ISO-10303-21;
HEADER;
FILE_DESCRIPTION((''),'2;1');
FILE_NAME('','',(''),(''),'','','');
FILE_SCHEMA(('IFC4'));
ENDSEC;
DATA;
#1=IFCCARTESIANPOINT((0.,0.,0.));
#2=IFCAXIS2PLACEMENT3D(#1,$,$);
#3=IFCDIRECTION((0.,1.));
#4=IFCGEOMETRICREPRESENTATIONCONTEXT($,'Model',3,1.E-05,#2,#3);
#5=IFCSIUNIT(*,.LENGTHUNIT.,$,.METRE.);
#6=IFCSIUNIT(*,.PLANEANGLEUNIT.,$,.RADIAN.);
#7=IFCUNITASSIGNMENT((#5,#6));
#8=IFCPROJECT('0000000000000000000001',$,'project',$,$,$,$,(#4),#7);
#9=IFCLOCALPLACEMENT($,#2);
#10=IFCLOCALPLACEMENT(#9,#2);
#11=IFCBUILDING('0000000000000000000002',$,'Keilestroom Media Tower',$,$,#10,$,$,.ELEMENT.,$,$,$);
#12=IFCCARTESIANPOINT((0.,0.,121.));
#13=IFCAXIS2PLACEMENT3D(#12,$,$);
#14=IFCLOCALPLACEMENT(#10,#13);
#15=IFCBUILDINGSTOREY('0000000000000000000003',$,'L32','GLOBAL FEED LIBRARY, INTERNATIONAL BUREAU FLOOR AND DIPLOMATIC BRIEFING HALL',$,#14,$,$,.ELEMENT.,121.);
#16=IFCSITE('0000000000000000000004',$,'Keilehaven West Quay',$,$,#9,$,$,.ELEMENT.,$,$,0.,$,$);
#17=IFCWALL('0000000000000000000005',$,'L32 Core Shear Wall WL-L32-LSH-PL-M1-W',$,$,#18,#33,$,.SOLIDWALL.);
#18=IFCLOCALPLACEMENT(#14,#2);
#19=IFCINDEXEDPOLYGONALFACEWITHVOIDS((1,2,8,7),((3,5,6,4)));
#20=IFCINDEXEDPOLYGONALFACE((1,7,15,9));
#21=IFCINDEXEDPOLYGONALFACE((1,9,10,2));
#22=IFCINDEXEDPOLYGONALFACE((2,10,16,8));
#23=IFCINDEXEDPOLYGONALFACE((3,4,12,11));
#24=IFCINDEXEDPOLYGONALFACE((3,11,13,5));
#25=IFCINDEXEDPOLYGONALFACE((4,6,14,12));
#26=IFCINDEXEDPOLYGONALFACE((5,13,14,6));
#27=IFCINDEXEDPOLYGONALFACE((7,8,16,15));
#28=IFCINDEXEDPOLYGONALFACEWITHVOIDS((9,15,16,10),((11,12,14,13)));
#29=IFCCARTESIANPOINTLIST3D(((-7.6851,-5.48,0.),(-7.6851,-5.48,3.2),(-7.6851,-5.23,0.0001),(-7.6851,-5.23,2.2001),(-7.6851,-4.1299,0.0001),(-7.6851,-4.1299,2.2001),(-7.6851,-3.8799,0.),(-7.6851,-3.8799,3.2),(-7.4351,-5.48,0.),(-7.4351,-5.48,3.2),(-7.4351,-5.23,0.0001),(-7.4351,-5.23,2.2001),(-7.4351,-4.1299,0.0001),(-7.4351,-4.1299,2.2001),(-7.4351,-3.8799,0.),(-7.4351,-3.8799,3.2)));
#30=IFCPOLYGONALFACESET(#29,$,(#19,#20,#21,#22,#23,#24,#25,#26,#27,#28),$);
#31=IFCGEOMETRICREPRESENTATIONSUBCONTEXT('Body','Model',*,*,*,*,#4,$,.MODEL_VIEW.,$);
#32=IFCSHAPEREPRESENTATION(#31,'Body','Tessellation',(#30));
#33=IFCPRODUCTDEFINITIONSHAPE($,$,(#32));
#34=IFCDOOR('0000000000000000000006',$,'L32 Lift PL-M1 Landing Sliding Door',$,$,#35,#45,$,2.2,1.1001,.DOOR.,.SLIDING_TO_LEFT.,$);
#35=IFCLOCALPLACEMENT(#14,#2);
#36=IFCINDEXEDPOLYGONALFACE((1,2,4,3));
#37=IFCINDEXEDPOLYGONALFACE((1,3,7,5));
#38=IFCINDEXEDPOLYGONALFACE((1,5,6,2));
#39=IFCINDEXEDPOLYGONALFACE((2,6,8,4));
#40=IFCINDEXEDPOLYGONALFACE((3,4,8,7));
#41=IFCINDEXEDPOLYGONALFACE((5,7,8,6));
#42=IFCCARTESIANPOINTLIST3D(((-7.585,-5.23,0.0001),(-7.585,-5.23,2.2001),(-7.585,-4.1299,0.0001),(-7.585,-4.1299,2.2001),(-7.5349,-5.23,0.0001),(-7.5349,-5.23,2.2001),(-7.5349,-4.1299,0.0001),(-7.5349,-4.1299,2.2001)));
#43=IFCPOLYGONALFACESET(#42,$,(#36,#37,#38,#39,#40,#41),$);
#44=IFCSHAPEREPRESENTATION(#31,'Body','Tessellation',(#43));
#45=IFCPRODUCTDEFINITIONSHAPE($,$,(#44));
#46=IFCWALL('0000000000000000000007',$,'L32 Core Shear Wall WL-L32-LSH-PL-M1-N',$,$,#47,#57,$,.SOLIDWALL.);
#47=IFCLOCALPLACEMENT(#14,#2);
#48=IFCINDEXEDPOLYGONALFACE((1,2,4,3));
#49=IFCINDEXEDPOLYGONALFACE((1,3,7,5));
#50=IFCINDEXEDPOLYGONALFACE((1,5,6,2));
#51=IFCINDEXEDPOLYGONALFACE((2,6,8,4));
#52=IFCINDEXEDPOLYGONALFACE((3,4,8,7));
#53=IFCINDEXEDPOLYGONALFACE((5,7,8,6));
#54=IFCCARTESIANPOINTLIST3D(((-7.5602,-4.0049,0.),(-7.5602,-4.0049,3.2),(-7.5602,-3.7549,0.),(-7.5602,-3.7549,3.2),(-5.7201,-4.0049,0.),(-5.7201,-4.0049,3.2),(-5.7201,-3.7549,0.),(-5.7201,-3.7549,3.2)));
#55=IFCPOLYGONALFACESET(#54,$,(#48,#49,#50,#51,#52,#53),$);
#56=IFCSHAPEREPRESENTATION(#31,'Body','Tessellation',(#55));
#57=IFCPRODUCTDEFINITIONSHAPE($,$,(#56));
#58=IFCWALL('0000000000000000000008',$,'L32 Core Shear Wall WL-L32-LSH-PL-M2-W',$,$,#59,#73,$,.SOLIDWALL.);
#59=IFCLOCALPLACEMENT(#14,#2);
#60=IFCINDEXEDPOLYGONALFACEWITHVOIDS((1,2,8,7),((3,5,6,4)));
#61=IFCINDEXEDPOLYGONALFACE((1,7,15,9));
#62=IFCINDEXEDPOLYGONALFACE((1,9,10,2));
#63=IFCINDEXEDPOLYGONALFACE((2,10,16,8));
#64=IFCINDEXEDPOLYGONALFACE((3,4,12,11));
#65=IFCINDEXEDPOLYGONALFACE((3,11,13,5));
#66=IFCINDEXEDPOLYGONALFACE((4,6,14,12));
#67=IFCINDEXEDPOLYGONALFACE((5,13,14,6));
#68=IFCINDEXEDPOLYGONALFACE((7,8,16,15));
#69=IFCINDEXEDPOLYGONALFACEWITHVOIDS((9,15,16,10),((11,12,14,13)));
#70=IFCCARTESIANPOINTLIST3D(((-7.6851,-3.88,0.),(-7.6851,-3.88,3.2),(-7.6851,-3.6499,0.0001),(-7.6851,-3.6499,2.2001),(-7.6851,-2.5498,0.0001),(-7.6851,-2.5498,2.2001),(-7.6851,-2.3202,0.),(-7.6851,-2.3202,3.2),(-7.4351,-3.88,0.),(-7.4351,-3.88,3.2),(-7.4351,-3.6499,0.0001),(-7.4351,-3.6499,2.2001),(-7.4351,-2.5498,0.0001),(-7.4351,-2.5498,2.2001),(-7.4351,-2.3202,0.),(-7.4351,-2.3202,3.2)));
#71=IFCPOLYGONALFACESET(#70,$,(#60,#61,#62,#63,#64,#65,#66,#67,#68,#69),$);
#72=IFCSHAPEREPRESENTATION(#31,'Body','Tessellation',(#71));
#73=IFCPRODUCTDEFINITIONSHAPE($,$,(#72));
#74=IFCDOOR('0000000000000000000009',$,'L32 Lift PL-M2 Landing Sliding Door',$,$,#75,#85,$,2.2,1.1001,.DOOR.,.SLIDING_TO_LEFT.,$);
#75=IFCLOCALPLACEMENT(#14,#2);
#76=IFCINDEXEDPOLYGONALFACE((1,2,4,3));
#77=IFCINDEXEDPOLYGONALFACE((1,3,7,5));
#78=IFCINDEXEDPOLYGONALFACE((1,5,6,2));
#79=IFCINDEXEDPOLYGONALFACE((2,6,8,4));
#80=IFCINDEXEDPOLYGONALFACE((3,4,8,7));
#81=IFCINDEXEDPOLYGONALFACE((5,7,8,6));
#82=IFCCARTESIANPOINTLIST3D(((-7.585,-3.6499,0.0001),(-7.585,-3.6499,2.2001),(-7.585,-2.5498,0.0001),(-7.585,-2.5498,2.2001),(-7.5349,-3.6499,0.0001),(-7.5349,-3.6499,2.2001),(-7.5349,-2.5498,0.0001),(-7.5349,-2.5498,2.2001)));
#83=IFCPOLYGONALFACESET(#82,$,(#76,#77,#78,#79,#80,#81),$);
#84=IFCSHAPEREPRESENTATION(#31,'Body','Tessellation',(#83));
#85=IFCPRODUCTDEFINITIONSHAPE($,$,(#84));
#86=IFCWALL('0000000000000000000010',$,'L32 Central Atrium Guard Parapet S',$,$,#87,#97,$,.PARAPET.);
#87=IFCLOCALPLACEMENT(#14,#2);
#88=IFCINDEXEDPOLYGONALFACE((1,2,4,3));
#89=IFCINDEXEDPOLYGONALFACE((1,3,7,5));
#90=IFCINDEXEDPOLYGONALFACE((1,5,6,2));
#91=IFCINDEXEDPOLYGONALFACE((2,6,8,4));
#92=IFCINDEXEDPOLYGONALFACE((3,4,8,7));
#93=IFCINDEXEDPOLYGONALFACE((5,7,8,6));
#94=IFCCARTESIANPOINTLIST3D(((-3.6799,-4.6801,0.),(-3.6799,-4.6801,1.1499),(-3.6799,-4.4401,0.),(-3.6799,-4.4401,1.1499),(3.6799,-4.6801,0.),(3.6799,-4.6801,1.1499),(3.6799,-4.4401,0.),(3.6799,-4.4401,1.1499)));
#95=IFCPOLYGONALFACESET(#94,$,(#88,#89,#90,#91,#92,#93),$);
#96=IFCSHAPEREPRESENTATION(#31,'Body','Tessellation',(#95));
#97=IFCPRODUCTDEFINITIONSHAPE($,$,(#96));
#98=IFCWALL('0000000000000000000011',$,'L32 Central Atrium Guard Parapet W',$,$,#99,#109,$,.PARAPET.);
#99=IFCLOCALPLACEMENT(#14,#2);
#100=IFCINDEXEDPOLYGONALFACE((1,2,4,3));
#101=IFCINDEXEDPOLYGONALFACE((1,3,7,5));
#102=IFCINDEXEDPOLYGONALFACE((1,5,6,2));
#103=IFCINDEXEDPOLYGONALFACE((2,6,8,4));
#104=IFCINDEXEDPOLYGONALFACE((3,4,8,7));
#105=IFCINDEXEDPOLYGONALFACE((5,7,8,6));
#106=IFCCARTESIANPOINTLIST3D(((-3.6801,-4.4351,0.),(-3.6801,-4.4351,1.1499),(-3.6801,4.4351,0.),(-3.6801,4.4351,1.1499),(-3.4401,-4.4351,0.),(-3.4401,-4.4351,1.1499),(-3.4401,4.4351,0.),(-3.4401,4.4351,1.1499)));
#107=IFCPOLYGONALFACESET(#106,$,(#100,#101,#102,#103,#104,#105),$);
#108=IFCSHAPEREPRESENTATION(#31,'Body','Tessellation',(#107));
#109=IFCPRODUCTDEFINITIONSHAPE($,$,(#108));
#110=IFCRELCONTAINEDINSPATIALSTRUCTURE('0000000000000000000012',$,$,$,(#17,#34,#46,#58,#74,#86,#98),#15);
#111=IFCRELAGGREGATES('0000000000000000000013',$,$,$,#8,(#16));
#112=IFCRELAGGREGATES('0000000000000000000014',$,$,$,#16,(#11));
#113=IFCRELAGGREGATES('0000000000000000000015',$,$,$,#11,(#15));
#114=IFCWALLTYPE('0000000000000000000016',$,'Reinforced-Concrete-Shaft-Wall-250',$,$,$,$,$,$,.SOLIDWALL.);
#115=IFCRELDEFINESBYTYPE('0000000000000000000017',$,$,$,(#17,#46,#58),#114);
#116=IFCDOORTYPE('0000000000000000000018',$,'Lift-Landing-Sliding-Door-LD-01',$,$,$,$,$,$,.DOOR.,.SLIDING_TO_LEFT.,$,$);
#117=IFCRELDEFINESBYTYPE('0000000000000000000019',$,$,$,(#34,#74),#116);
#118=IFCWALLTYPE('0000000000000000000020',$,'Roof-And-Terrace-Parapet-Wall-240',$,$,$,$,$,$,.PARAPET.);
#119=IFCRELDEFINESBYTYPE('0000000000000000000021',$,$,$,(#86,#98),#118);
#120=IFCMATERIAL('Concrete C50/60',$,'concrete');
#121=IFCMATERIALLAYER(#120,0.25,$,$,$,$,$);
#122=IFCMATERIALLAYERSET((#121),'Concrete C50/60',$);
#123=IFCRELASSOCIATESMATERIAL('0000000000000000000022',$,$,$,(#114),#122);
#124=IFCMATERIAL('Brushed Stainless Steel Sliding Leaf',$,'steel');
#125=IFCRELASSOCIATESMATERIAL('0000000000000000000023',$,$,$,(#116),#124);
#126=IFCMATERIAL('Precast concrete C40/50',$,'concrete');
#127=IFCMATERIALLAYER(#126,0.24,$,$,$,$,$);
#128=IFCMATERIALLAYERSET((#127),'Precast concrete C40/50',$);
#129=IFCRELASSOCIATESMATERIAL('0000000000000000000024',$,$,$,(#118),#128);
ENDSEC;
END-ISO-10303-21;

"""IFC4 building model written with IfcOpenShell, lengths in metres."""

from ifc_helpers import new_model, si_unit, direction, frame, frame_2d, origin, place, context, subcontext, project, spatial, rectangle, extrude, source, transform, mapped, material, layer, layer_set, type_object, element, fill, save


model = new_model("IFC4")

# Units and contexts
model_context = context("Model", 3, precision=1e-05, world=origin(), true_north=direction((0.0, 1.0)))
body_context = subcontext(model_context, "Body", "Model", "MODEL_VIEW")
ifc_project = project(units=[si_unit("LENGTHUNIT", "METRE"), si_unit("PLANEANGLEUNIT", "RADIAN")], contexts=[model_context])

# Site, building, storey
site_placement = place(None, origin())
site = spatial("IfcSite", under=ifc_project, at=site_placement, Name="Keilehaven West Quay", CompositionType="ELEMENT", RefElevation=0.0)
building_placement = place(site_placement, origin())
building = spatial("IfcBuilding", under=site, at=building_placement, Name="Keilestroom Media Tower", CompositionType="ELEMENT")
storey_placement = place(building_placement, frame((0.0, 0.0, 121.0)))
storey = spatial("IfcBuildingStorey", under=building, at=storey_placement, Name="L32", Description="GLOBAL FEED LIBRARY, INTERNATIONAL BUREAU FLOOR AND DIPLOMATIC BRIEFING HALL", CompositionType="ELEMENT", Elevation=121.0)

# Shared definitions
ifc_material_1 = material(Name="Concrete C50/60", Category="concrete")
ifc_layer_1 = layer(ifc_material_1, 0.25)
ifc_layer_set_1 = layer_set([ifc_layer_1], Name="Concrete C50/60")
wall_type_1 = type_object("IfcWallType", Name="Reinforced-Concrete-Shaft-Wall-250", PredefinedType="SOLIDWALL", material=ifc_layer_set_1)

# Shared definitions
ifc_material_2 = material(Name="Brushed Stainless Steel Sliding Leaf", Category="steel")

# Wall, opening, door
wall_1_placement = place(storey_placement, frame((-7.5601, -5.48, 0.0), z_axis=(0.0, 0.0, 1.0), x_axis=(0.0, 1.0, 0.0)))
wall_1 = element("IfcWall", 1, at=wall_1_placement, inside=storey, type_object=wall_type_1, Name="L32 Core Shear Wall WL-L32-LSH-PL-M1-W", PredefinedType="SOLIDWALL", context=body_context, shape_type="SweptSolid", body=[
    extrude(rectangle(XDim=1.6001, YDim=0.25, at=frame_2d((0.8, 0.0))), origin(), (0.0, 0.0, 1.0), 3.2),
])
opening_1_placement = place(wall_1_placement, frame((0.25, 0.0, 0.0)))
opening_1 = element("IfcOpeningElement", 2, at=opening_1_placement, cuts=wall_1, PredefinedType="OPENING", context=body_context, shape_type="SweptSolid", body=[
    extrude(rectangle(XDim=1.1001, YDim=2.2, at=frame_2d((0.55, 1.1001))), frame((0.0, 0.135, 0.0), z_axis=(0.0, -1.0, 0.0), x_axis=(1.0, 0.0, 0.0)), (0.0, 0.0, 1.0), 0.27),
])
door_type_1 = type_object("IfcDoorType", Name="Lift-Landing-Sliding-Door-LD-01", OperationType="SLIDING_TO_LEFT", PredefinedType="DOOR", material=ifc_material_2)
shared_shape_1 = source(origin(), body_context, "Body", "SweptSolid", [
    extrude(rectangle(XDim=1.1001, YDim=2.2, at=frame_2d((0.55, 1.1001))), frame((0.0, 0.0249, 0.0), z_axis=(0.0, -1.0, 0.0), x_axis=(1.0, 0.0, 0.0)), (0.0, 0.0, 1.0), 0.05),
])
door_1_placement = place(opening_1_placement, origin())
door_1 = element("IfcDoor", 3, at=door_1_placement, inside=storey, type_object=door_type_1, Name="L32 Lift PL-M1 Landing Sliding Door", OperationType="SLIDING_TO_LEFT", OverallHeight=2.2, OverallWidth=1.1001, PredefinedType="DOOR", context=body_context, shape_type="MappedRepresentation", body=[
    mapped(shared_shape_1, transform((0.0, 0.0, 0.0), x_axis=(1.0, 0.0, 0.0), y_axis=(0.0, 1.0, 0.0), z_axis=(0.0, 0.0, 1.0), scale=1.0)),
])
fill(opening_1, door_1)

# Wall
wall_2_placement = place(storey_placement, frame((-7.5601, -3.8799, 0.0), z_axis=(0.0, 0.0, 1.0), x_axis=(1.0, 0.0, 0.0)))
element("IfcWall", 4, at=wall_2_placement, inside=storey, type_object=wall_type_1, Name="L32 Core Shear Wall WL-L32-LSH-PL-M1-N", PredefinedType="SOLIDWALL", context=body_context, shape_type="SweptSolid", body=[
    extrude(rectangle(XDim=1.8401, YDim=0.25, at=frame_2d((0.9199, 0.0))), origin(), (0.0, 0.0, 1.0), 3.2),
])

# Wall, opening, door
wall_3_placement = place(storey_placement, frame((-7.5601, -3.8799, 0.0), z_axis=(0.0, 0.0, 1.0), x_axis=(0.0, 1.0, 0.0)))
wall_3 = element("IfcWall", 5, at=wall_3_placement, inside=storey, type_object=wall_type_1, Name="L32 Core Shear Wall WL-L32-LSH-PL-M2-W", PredefinedType="SOLIDWALL", context=body_context, shape_type="SweptSolid", body=[
    extrude(rectangle(XDim=1.5598, YDim=0.25, at=frame_2d((0.7798, 0.0))), origin(), (0.0, 0.0, 1.0), 3.2),
])
opening_2_placement = place(wall_3_placement, frame((0.23, 0.0, 0.0)))
opening_2 = element("IfcOpeningElement", 6, at=opening_2_placement, cuts=wall_3, PredefinedType="OPENING", context=body_context, shape_type="SweptSolid", body=[
    extrude(rectangle(XDim=1.1001, YDim=2.2, at=frame_2d((0.55, 1.1001))), frame((0.0, 0.135, 0.0), z_axis=(0.0, -1.0, 0.0), x_axis=(1.0, 0.0, 0.0)), (0.0, 0.0, 1.0), 0.27),
])
door_2_placement = place(opening_2_placement, origin())
door_2 = element("IfcDoor", 7, at=door_2_placement, inside=storey, type_object=door_type_1, Name="L32 Lift PL-M2 Landing Sliding Door", OperationType="SLIDING_TO_LEFT", OverallHeight=2.2, OverallWidth=1.1001, PredefinedType="DOOR", context=body_context, shape_type="MappedRepresentation", body=[
    mapped(shared_shape_1, transform((0.0, 0.0, 0.0), x_axis=(1.0, 0.0, 0.0), y_axis=(0.0, 1.0, 0.0), z_axis=(0.0, 0.0, 1.0), scale=1.0)),
])
fill(opening_2, door_2)

# Walls
ifc_material_3 = material(Name="Precast concrete C40/50", Category="concrete")
ifc_layer_2 = layer(ifc_material_3, 0.24)
ifc_layer_set_2 = layer_set([ifc_layer_2], Name="Precast concrete C40/50")
wall_type_2 = type_object("IfcWallType", Name="Roof-And-Terrace-Parapet-Wall-240", PredefinedType="PARAPET", material=ifc_layer_set_2)
wall_4_placement = place(storey_placement, frame((-3.6799, -4.5601, 0.0), z_axis=(0.0, 0.0, 1.0), x_axis=(1.0, 0.0, 0.0)))
element("IfcWall", 8, at=wall_4_placement, inside=storey, type_object=wall_type_2, Name="L32 Central Atrium Guard Parapet S", PredefinedType="PARAPET", context=body_context, shape_type="SweptSolid", body=[
    extrude(rectangle(XDim=7.3599, YDim=0.24, at=frame_2d((3.6799, 0.0))), origin(), (0.0, 0.0, 1.0), 1.1499),
])
wall_5_placement = place(storey_placement, frame((-3.5601, -4.4351, 0.0), z_axis=(0.0, 0.0, 1.0), x_axis=(0.0, 1.0, 0.0)))
element("IfcWall", 9, at=wall_5_placement, inside=storey, type_object=wall_type_2, Name="L32 Central Atrium Guard Parapet W", PredefinedType="PARAPET", context=body_context, shape_type="SweptSolid", body=[
    extrude(rectangle(XDim=8.8701, YDim=0.24, at=frame_2d((4.4351, 0.0))), origin(), (0.0, 0.0, 1.0), 1.1499),
])

save(model, "model.ifc")
